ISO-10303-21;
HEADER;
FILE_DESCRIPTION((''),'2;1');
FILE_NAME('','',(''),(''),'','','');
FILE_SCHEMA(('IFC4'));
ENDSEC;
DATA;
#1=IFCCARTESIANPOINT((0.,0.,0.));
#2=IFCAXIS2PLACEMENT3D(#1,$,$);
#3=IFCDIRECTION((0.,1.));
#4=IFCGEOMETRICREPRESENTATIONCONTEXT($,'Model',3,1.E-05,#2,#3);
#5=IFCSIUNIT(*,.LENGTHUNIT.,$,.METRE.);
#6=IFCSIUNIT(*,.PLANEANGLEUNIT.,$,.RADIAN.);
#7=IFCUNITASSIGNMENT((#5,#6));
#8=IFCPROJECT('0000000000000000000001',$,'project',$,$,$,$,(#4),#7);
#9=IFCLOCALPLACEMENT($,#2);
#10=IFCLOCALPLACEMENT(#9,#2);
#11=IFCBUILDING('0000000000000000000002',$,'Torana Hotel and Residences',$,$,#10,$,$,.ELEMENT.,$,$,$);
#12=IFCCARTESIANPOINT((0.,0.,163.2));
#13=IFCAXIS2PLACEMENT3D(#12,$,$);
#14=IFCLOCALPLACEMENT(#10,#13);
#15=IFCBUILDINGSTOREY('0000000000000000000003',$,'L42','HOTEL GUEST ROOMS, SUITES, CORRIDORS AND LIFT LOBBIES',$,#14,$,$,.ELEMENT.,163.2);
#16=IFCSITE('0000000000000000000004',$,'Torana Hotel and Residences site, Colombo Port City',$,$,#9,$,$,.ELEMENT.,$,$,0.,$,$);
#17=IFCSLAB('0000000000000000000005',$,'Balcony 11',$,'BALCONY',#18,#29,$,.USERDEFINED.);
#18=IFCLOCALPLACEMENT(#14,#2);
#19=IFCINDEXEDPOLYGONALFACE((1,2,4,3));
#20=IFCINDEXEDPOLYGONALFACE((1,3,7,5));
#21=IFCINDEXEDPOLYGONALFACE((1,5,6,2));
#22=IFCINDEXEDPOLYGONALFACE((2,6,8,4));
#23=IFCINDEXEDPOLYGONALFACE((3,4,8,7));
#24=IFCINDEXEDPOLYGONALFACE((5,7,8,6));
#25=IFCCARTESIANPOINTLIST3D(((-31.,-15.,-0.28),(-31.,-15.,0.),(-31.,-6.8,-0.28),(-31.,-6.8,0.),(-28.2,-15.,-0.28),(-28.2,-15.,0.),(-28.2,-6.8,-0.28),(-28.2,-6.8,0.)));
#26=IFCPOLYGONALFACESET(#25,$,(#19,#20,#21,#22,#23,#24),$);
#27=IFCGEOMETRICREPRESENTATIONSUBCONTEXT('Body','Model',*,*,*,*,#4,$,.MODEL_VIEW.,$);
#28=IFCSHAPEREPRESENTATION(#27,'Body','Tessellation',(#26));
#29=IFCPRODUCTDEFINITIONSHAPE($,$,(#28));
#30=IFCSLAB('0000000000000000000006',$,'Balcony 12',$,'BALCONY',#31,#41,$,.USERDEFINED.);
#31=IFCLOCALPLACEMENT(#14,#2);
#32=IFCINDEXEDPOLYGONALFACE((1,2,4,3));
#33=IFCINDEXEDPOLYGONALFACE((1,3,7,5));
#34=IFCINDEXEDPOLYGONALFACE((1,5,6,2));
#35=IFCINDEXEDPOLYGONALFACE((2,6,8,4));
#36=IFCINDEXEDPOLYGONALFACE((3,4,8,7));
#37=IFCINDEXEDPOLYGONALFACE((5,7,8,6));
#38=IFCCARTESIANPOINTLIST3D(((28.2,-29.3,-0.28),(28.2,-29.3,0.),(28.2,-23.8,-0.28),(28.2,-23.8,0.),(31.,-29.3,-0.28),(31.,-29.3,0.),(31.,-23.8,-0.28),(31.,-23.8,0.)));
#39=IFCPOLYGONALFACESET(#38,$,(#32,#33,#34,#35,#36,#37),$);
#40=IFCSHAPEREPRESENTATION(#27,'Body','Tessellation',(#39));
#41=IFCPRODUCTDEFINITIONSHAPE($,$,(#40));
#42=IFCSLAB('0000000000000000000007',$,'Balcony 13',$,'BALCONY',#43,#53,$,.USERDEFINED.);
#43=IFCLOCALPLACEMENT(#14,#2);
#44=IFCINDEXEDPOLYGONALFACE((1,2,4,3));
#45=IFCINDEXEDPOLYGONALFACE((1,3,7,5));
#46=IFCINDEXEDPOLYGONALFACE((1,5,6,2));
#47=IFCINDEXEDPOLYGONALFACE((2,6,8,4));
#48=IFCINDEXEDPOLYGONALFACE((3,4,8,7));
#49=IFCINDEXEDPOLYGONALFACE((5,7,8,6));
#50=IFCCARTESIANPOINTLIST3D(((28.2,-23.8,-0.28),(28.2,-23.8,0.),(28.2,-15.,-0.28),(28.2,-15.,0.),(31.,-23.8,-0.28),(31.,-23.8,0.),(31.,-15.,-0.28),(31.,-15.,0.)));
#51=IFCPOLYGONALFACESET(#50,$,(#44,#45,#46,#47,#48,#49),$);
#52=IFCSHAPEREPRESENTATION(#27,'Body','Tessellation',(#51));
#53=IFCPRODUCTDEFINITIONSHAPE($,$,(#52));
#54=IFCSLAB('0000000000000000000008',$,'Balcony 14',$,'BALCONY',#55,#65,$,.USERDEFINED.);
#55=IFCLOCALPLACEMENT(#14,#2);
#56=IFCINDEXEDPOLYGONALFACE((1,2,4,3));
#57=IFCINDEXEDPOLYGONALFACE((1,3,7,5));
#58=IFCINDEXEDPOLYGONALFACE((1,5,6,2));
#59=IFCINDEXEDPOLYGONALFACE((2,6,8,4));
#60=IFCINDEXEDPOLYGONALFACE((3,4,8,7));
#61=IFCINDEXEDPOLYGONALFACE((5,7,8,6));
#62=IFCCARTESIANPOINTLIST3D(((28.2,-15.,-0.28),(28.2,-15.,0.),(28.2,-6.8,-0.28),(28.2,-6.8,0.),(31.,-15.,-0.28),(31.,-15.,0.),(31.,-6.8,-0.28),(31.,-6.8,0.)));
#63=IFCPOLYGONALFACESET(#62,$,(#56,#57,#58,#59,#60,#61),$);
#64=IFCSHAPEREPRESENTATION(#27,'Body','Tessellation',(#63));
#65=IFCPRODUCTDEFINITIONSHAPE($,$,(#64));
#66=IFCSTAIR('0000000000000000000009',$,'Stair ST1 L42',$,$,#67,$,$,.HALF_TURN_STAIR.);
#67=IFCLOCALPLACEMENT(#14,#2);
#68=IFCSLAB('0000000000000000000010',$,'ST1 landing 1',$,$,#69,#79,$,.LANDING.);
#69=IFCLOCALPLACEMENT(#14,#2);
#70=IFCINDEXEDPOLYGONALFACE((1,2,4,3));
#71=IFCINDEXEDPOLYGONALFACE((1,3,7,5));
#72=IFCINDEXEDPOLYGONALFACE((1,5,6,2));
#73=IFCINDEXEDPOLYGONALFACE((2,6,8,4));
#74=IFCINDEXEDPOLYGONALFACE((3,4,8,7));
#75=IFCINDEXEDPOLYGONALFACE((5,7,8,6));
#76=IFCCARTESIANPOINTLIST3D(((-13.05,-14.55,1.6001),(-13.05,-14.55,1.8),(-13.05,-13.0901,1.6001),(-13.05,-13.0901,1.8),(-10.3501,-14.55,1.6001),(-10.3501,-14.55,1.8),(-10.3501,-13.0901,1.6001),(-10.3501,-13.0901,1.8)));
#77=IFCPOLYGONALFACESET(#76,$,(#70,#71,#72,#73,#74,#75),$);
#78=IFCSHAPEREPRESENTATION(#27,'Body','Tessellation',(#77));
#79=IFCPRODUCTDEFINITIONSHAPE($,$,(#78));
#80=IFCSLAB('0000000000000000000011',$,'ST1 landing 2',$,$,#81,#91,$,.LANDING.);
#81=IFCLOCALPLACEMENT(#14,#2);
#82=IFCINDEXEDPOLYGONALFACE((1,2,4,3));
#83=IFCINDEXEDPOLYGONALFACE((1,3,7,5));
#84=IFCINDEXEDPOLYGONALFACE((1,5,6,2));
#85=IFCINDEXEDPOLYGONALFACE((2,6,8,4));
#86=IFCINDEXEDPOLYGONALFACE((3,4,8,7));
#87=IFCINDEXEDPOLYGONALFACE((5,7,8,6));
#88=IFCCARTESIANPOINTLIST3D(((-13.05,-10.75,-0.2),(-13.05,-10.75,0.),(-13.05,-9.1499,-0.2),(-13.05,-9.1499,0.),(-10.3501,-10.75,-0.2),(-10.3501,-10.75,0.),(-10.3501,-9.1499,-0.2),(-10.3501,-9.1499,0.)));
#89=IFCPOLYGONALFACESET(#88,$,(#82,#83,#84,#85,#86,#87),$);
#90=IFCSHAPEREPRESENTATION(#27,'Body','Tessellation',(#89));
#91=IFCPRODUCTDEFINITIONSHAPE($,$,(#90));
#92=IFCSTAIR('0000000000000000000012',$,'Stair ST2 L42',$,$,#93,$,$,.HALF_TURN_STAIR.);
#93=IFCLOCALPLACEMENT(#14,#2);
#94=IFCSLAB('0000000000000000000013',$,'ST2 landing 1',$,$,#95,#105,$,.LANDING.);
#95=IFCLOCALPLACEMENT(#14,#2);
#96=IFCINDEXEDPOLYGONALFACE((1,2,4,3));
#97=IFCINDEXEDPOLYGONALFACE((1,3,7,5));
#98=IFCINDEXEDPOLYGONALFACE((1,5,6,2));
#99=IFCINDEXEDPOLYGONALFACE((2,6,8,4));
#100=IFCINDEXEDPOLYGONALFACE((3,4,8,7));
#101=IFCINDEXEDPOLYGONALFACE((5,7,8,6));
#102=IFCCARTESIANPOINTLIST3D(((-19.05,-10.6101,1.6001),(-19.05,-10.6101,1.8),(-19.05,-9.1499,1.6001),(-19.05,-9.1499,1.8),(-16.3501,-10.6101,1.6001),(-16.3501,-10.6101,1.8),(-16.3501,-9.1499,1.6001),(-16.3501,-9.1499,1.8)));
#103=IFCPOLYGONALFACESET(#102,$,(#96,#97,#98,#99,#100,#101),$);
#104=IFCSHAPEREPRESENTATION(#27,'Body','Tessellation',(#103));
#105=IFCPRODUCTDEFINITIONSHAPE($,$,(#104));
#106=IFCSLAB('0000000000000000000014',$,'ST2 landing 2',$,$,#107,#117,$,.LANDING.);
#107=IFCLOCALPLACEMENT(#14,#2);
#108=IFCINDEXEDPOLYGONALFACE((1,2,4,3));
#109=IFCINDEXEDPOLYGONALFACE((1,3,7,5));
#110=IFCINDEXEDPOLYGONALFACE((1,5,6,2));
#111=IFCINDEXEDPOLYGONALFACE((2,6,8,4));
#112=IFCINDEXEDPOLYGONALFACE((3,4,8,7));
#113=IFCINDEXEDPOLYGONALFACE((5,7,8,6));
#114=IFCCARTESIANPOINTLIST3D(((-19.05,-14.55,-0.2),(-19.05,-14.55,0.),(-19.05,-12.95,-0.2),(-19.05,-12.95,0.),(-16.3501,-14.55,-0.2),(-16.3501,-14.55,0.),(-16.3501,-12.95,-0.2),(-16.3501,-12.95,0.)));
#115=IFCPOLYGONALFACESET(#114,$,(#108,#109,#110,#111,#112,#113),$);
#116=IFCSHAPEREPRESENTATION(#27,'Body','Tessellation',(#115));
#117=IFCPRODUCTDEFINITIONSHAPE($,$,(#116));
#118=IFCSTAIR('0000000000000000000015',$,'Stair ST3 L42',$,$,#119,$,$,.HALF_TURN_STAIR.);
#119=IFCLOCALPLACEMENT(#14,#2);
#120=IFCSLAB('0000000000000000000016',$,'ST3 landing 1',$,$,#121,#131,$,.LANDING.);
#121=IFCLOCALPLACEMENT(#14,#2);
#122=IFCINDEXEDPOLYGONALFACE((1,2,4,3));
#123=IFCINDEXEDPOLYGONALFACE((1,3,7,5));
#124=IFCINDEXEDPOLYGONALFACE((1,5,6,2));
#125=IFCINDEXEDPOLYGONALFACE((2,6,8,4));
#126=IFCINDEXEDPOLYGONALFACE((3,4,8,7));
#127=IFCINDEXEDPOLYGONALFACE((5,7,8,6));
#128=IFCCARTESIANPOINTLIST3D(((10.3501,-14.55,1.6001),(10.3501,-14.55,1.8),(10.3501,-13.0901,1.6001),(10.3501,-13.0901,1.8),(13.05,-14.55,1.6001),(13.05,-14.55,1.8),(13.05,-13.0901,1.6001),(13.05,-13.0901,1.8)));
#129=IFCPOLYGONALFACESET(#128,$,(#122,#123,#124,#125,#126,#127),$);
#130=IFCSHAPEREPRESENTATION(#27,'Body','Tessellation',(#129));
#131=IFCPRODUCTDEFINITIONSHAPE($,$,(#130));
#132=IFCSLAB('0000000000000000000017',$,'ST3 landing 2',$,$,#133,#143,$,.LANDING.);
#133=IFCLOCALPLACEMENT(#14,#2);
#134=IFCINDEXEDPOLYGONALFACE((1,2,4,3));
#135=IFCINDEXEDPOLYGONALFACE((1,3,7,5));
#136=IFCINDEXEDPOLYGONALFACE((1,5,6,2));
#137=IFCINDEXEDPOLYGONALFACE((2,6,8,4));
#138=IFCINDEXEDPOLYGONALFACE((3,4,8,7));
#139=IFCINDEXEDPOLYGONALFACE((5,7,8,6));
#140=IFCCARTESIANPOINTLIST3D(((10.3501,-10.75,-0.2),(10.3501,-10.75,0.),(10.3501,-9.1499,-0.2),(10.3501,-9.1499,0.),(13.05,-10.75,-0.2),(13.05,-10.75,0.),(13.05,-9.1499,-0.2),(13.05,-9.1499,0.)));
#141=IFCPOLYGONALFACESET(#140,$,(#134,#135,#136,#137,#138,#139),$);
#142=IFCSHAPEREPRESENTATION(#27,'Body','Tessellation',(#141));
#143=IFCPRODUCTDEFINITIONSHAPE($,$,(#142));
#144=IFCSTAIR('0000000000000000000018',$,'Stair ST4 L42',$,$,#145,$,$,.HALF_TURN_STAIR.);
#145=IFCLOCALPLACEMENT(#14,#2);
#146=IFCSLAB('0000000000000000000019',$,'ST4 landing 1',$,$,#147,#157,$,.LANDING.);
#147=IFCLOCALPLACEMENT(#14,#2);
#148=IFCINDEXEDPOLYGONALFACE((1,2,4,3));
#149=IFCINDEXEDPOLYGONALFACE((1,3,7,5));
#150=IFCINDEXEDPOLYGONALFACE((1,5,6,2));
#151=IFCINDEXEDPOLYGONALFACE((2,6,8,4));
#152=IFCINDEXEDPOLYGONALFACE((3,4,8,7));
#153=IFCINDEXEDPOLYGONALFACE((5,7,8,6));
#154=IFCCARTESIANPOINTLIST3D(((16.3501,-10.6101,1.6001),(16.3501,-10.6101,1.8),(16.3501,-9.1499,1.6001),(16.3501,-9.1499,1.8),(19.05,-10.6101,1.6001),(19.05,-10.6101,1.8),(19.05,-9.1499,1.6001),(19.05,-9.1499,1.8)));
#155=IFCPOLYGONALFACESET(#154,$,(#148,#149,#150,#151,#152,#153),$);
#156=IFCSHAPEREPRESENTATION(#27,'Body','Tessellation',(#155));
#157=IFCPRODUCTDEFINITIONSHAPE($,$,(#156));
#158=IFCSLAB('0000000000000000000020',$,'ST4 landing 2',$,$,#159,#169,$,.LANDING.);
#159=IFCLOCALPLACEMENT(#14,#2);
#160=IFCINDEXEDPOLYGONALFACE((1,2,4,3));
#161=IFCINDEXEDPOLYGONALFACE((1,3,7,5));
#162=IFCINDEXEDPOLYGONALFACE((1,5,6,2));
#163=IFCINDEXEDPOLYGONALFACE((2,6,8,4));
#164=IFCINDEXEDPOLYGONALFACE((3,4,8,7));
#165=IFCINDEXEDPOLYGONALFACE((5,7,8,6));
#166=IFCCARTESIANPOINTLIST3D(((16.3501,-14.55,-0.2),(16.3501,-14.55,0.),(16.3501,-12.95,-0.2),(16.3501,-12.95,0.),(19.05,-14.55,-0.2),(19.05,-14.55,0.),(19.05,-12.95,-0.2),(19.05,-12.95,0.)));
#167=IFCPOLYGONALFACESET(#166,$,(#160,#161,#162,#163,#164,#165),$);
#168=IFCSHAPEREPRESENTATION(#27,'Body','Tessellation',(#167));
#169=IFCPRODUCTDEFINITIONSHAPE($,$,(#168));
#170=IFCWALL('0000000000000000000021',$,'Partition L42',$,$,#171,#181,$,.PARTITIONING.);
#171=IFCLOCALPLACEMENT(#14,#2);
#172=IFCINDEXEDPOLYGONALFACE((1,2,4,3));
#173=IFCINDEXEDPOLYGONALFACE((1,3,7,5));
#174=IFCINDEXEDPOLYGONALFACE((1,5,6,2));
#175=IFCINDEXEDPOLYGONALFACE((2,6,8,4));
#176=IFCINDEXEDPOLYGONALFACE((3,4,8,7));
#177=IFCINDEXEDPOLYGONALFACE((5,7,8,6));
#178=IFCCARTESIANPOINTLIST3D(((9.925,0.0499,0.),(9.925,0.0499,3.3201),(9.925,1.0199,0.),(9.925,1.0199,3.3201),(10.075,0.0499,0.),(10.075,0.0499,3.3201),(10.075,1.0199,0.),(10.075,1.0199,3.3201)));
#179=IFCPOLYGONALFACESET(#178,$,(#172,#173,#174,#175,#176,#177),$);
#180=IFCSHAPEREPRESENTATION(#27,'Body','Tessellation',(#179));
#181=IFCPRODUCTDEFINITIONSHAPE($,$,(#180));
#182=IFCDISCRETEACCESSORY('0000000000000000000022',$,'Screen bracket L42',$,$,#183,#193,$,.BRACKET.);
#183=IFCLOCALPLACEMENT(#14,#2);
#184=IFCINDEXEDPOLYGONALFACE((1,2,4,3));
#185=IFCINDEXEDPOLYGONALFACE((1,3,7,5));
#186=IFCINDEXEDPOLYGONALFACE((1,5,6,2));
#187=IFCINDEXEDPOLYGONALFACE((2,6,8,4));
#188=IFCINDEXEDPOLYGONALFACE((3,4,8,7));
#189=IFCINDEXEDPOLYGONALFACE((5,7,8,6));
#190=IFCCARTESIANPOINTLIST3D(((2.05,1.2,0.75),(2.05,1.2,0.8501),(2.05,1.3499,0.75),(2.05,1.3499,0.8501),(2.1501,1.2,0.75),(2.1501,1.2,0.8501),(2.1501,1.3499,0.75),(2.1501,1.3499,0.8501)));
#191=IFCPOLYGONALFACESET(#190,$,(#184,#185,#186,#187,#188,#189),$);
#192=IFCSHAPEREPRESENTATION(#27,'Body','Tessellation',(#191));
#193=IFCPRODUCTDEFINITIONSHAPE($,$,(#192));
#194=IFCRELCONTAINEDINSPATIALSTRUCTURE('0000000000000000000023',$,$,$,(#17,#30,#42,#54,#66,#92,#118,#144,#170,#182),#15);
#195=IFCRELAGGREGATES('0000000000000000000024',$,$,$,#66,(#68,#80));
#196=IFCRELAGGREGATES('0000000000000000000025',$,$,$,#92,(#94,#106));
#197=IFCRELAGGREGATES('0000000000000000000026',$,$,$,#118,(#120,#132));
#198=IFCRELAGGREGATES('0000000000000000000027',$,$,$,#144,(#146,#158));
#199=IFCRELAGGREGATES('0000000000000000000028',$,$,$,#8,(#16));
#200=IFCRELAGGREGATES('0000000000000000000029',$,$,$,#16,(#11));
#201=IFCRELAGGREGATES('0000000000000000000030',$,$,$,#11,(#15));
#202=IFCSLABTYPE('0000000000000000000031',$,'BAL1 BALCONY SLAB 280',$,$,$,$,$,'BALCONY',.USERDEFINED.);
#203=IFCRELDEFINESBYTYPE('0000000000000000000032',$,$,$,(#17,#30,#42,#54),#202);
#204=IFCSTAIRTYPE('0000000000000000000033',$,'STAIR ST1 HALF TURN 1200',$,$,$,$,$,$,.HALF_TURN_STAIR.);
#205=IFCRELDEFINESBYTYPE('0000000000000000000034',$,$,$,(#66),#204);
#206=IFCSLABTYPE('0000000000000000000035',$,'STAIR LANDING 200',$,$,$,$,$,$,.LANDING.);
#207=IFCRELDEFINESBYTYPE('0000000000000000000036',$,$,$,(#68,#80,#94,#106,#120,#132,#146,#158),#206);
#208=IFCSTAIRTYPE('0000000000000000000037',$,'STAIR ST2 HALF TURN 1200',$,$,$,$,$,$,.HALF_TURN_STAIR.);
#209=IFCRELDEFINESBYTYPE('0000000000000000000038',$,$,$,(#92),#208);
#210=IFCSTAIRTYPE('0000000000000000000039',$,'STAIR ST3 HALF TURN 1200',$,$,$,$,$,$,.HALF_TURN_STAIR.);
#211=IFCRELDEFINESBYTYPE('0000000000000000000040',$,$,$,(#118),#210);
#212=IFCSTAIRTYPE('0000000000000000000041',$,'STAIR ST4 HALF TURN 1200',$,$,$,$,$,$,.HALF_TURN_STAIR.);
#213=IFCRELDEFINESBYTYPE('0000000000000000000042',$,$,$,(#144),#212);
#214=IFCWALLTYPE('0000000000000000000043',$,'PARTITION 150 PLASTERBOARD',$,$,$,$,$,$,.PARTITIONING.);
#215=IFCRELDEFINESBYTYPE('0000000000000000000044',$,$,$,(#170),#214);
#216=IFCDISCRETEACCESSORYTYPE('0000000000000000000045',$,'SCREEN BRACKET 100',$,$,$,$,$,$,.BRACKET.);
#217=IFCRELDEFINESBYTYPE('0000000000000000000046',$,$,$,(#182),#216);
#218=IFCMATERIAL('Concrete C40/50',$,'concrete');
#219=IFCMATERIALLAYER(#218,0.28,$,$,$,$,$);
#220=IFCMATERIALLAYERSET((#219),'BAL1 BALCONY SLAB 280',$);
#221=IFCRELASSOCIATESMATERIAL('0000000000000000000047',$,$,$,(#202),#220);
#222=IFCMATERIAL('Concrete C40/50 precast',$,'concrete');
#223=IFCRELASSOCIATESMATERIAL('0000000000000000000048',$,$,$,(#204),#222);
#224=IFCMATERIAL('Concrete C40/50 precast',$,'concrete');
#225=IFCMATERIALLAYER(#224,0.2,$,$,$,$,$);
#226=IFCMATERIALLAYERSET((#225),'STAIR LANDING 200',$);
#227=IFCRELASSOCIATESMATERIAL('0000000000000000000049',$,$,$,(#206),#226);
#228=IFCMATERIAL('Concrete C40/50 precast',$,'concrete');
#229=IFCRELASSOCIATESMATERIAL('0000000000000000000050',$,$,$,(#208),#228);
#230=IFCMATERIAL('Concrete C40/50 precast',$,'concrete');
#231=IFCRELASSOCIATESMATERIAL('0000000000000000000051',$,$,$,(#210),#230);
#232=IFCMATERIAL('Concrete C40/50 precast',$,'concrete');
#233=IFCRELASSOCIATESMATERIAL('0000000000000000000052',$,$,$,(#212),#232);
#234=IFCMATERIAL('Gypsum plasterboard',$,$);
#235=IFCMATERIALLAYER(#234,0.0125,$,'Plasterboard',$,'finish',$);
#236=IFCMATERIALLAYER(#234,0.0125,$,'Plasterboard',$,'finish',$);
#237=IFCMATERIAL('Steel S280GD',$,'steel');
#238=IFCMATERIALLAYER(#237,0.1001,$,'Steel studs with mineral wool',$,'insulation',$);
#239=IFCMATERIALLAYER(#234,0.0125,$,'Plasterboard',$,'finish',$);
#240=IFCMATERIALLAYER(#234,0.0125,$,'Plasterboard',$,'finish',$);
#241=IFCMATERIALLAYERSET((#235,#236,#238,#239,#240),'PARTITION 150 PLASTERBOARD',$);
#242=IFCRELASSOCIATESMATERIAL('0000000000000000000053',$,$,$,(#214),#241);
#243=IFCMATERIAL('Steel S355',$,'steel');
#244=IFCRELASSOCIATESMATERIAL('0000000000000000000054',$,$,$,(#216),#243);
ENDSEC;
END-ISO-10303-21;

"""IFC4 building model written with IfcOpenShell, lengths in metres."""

from ifc_helpers import new_model, si_unit, direction, frame, frame_2d, origin, origin_2d, place, context, subcontext, project, spatial, polyline, rectangle, outline, extrude, material, layer, layer_set, type_object, element, aggregate, save


model = new_model("IFC4")

# Units and contexts
model_context = context("Model", 3, precision=1e-05, world=origin(), true_north=direction((0.0, 1.0)))
body_context = subcontext(model_context, "Body", "Model", "MODEL_VIEW")
ifc_project = project(units=[si_unit("LENGTHUNIT", "METRE"), si_unit("PLANEANGLEUNIT", "RADIAN")], contexts=[model_context])

# Site, building, storey
site_placement = place(None, origin())
site = spatial("IfcSite", under=ifc_project, at=site_placement, Name="Torana Hotel and Residences site, Colombo Port City", CompositionType="ELEMENT", RefElevation=0.0)
building_placement = place(site_placement, origin())
building = spatial("IfcBuilding", under=site, at=building_placement, Name="Torana Hotel and Residences", CompositionType="ELEMENT")
storey_placement = place(building_placement, frame((0.0, 0.0, 163.2)))
storey = spatial("IfcBuildingStorey", under=building, at=storey_placement, Name="L42", Description="HOTEL GUEST ROOMS, SUITES, CORRIDORS AND LIFT LOBBIES", CompositionType="ELEMENT", Elevation=163.2)

# Slabs
ifc_material_1 = material(Name="Concrete C40/50", Category="concrete")
ifc_layer_1 = layer(ifc_material_1, 0.28)
ifc_layer_set_1 = layer_set([ifc_layer_1], Name="BAL1 BALCONY SLAB 280")
slab_type_1 = type_object("IfcSlabType", Name="BAL1 BALCONY SLAB 280", ElementType="BALCONY", PredefinedType="USERDEFINED", material=ifc_layer_set_1)
slab_1_placement = place(storey_placement, frame((0.0, 0.0, -0.28)))
element("IfcSlab", 1, at=slab_1_placement, inside=storey, type_object=slab_type_1, Name="Balcony 11", ObjectType="BALCONY", PredefinedType="USERDEFINED", context=body_context, shape_type="SweptSolid", body=[
    extrude(outline(polyline([(-31.0, -15.0), (-28.2, -15.0), (-28.2, -6.8), (-31.0, -6.8), (-31.0, -15.0)])), origin(), (0.0, 0.0, 1.0), 0.28),
])
slab_2_placement = place(storey_placement, frame((0.0, 0.0, -0.28)))
element("IfcSlab", 2, at=slab_2_placement, inside=storey, type_object=slab_type_1, Name="Balcony 12", ObjectType="BALCONY", PredefinedType="USERDEFINED", context=body_context, shape_type="SweptSolid", body=[
    extrude(outline(polyline([(28.2, -29.3), (31.0, -29.3), (31.0, -23.8), (28.2, -23.8), (28.2, -29.3)])), origin(), (0.0, 0.0, 1.0), 0.28),
])
slab_3_placement = place(storey_placement, frame((0.0, 0.0, -0.28)))
element("IfcSlab", 3, at=slab_3_placement, inside=storey, type_object=slab_type_1, Name="Balcony 13", ObjectType="BALCONY", PredefinedType="USERDEFINED", context=body_context, shape_type="SweptSolid", body=[
    extrude(outline(polyline([(28.2, -23.8), (31.0, -23.8), (31.0, -15.0), (28.2, -15.0), (28.2, -23.8)])), origin(), (0.0, 0.0, 1.0), 0.28),
])
slab_4_placement = place(storey_placement, frame((0.0, 0.0, -0.28)))
element("IfcSlab", 4, at=slab_4_placement, inside=storey, type_object=slab_type_1, Name="Balcony 14", ObjectType="BALCONY", PredefinedType="USERDEFINED", context=body_context, shape_type="SweptSolid", body=[
    extrude(outline(polyline([(28.2, -15.0), (31.0, -15.0), (31.0, -6.8), (28.2, -6.8), (28.2, -15.0)])), origin(), (0.0, 0.0, 1.0), 0.28),
])

# Stairs, slabs
ifc_material_2 = material(Name="Concrete C40/50 precast", Category="concrete")
stair_type_1 = type_object("IfcStairType", Name="STAIR ST1 HALF TURN 1200", PredefinedType="HALF_TURN_STAIR", material=ifc_material_2)
stair_1_placement = place(storey_placement, origin())
stair_1 = element("IfcStair", 5, at=stair_1_placement, inside=storey, type_object=stair_type_1, Name="Stair ST1 L42", PredefinedType="HALF_TURN_STAIR")
ifc_material_3 = material(Name="Concrete C40/50 precast", Category="concrete")
ifc_layer_2 = layer(ifc_material_3, 0.2)
ifc_layer_set_2 = layer_set([ifc_layer_2], Name="STAIR LANDING 200")
slab_type_2 = type_object("IfcSlabType", Name="STAIR LANDING 200", PredefinedType="LANDING", material=ifc_layer_set_2)
slab_5_placement = place(storey_placement, frame((0.0, 0.0, 1.6001)))
slab_5 = element("IfcSlab", 6, at=slab_5_placement, type_object=slab_type_2, Name="ST1 landing 1", PredefinedType="LANDING", context=body_context, shape_type="SweptSolid", body=[
    extrude(outline(polyline([(-13.05, -14.55), (-10.3501, -14.55), (-10.3501, -13.0901), (-13.05, -13.0901), (-13.05, -14.55)])), origin(), (0.0, 0.0, 1.0), 0.2),
])
slab_6_placement = place(storey_placement, frame((0.0, 0.0, -0.2)))
slab_6 = element("IfcSlab", 7, at=slab_6_placement, type_object=slab_type_2, Name="ST1 landing 2", PredefinedType="LANDING", context=body_context, shape_type="SweptSolid", body=[
    extrude(outline(polyline([(-13.05, -10.75), (-10.3501, -10.75), (-10.3501, -9.1499), (-13.05, -9.1499), (-13.05, -10.75)])), origin(), (0.0, 0.0, 1.0), 0.2),
])
aggregate(stair_1, [slab_5, slab_6])
ifc_material_4 = material(Name="Concrete C40/50 precast", Category="concrete")
stair_type_2 = type_object("IfcStairType", Name="STAIR ST2 HALF TURN 1200", PredefinedType="HALF_TURN_STAIR", material=ifc_material_4)
stair_2_placement = place(storey_placement, origin())
stair_2 = element("IfcStair", 8, at=stair_2_placement, inside=storey, type_object=stair_type_2, Name="Stair ST2 L42", PredefinedType="HALF_TURN_STAIR")
slab_7_placement = place(storey_placement, frame((0.0, 0.0, 1.6001)))
slab_7 = element("IfcSlab", 9, at=slab_7_placement, type_object=slab_type_2, Name="ST2 landing 1", PredefinedType="LANDING", context=body_context, shape_type="SweptSolid", body=[
    extrude(outline(polyline([(-19.05, -10.6101), (-16.3501, -10.6101), (-16.3501, -9.1499), (-19.05, -9.1499), (-19.05, -10.6101)])), origin(), (0.0, 0.0, 1.0), 0.2),
])
slab_8_placement = place(storey_placement, frame((0.0, 0.0, -0.2)))
slab_8 = element("IfcSlab", 10, at=slab_8_placement, type_object=slab_type_2, Name="ST2 landing 2", PredefinedType="LANDING", context=body_context, shape_type="SweptSolid", body=[
    extrude(outline(polyline([(-19.05, -14.55), (-16.3501, -14.55), (-16.3501, -12.95), (-19.05, -12.95), (-19.05, -14.55)])), origin(), (0.0, 0.0, 1.0), 0.2),
])
aggregate(stair_2, [slab_7, slab_8])
ifc_material_5 = material(Name="Concrete C40/50 precast", Category="concrete")
stair_type_3 = type_object("IfcStairType", Name="STAIR ST3 HALF TURN 1200", PredefinedType="HALF_TURN_STAIR", material=ifc_material_5)
stair_3_placement = place(storey_placement, origin())
stair_3 = element("IfcStair", 11, at=stair_3_placement, inside=storey, type_object=stair_type_3, Name="Stair ST3 L42", PredefinedType="HALF_TURN_STAIR")
slab_9_placement = place(storey_placement, frame((0.0, 0.0, 1.6001)))
slab_9 = element("IfcSlab", 12, at=slab_9_placement, type_object=slab_type_2, Name="ST3 landing 1", PredefinedType="LANDING", context=body_context, shape_type="SweptSolid", body=[
    extrude(outline(polyline([(10.3501, -14.55), (13.05, -14.55), (13.05, -13.0901), (10.3501, -13.0901), (10.3501, -14.55)])), origin(), (0.0, 0.0, 1.0), 0.2),
])
slab_10_placement = place(storey_placement, frame((0.0, 0.0, -0.2)))
slab_10 = element("IfcSlab", 13, at=slab_10_placement, type_object=slab_type_2, Name="ST3 landing 2", PredefinedType="LANDING", context=body_context, shape_type="SweptSolid", body=[
    extrude(outline(polyline([(10.3501, -10.75), (13.05, -10.75), (13.05, -9.1499), (10.3501, -9.1499), (10.3501, -10.75)])), origin(), (0.0, 0.0, 1.0), 0.2),
])
aggregate(stair_3, [slab_9, slab_10])
ifc_material_6 = material(Name="Concrete C40/50 precast", Category="concrete")
stair_type_4 = type_object("IfcStairType", Name="STAIR ST4 HALF TURN 1200", PredefinedType="HALF_TURN_STAIR", material=ifc_material_6)
stair_4_placement = place(storey_placement, origin())
stair_4 = element("IfcStair", 14, at=stair_4_placement, inside=storey, type_object=stair_type_4, Name="Stair ST4 L42", PredefinedType="HALF_TURN_STAIR")
slab_11_placement = place(storey_placement, frame((0.0, 0.0, 1.6001)))
slab_11 = element("IfcSlab", 15, at=slab_11_placement, type_object=slab_type_2, Name="ST4 landing 1", PredefinedType="LANDING", context=body_context, shape_type="SweptSolid", body=[
    extrude(outline(polyline([(16.3501, -10.6101), (19.05, -10.6101), (19.05, -9.1499), (16.3501, -9.1499), (16.3501, -10.6101)])), origin(), (0.0, 0.0, 1.0), 0.2),
])
slab_12_placement = place(storey_placement, frame((0.0, 0.0, -0.2)))
slab_12 = element("IfcSlab", 16, at=slab_12_placement, type_object=slab_type_2, Name="ST4 landing 2", PredefinedType="LANDING", context=body_context, shape_type="SweptSolid", body=[
    extrude(outline(polyline([(16.3501, -14.55), (19.05, -14.55), (19.05, -12.95), (16.3501, -12.95), (16.3501, -14.55)])), origin(), (0.0, 0.0, 1.0), 0.2),
])
aggregate(stair_4, [slab_11, slab_12])

# Wall
ifc_material_7 = material(Name="Gypsum plasterboard")
ifc_layer_3 = layer(ifc_material_7, 0.0125, Name="Plasterboard", Category="finish")
ifc_layer_4 = layer(ifc_material_7, 0.0125, Name="Plasterboard", Category="finish")
ifc_material_8 = material(Name="Steel S280GD", Category="steel")
ifc_layer_5 = layer(ifc_material_8, 0.1001, Name="Steel studs with mineral wool", Category="insulation")
ifc_layer_6 = layer(ifc_material_7, 0.0125, Name="Plasterboard", Category="finish")
ifc_layer_7 = layer(ifc_material_7, 0.0125, Name="Plasterboard", Category="finish")
ifc_layer_set_3 = layer_set([ifc_layer_3, ifc_layer_4, ifc_layer_5, ifc_layer_6, ifc_layer_7], Name="PARTITION 150 PLASTERBOARD")
wall_type = type_object("IfcWallType", Name="PARTITION 150 PLASTERBOARD", PredefinedType="PARTITIONING", material=ifc_layer_set_3)
wall_placement = place(storey_placement, frame((10.0, 0.05, 0.0), z_axis=(0.0, 0.0, 1.0), x_axis=(0.0, 1.0, 0.0)))
element("IfcWall", 17, at=wall_placement, inside=storey, type_object=wall_type, Name="Partition L42", PredefinedType="PARTITIONING", context=body_context, shape_type="SweptSolid", body=[
    extrude(rectangle(XDim=0.97, YDim=0.1499, at=frame_2d((0.4849, 0.0))), origin(), (0.0, 0.0, 1.0), 3.3201),
])

# Discrete accessory
ifc_material_9 = material(Name="Steel S355", Category="steel")
discrete_accessory_type = type_object("IfcDiscreteAccessoryType", Name="SCREEN BRACKET 100", PredefinedType="BRACKET", material=ifc_material_9)
for number, where, z_axis, x_axis, name in (
    (18, (2.1001, 1.2749, 0.75), (0.0, 0.0, 1.0), (-1.0, 0.0, 0.0), "Screen bracket L42"),
):
    element("IfcDiscreteAccessory", number, at=place(storey_placement, frame(where, z_axis=z_axis, x_axis=x_axis)), inside=storey, type_object=discrete_accessory_type, Name=name, PredefinedType="BRACKET", context=body_context, shape_type="SweptSolid", body=[
        extrude(rectangle(XDim=0.1001, YDim=0.1499, at=origin_2d()), origin(), (0.0, 0.0, 1.0), 0.1001),
    ])

save(model, "model.ifc")
